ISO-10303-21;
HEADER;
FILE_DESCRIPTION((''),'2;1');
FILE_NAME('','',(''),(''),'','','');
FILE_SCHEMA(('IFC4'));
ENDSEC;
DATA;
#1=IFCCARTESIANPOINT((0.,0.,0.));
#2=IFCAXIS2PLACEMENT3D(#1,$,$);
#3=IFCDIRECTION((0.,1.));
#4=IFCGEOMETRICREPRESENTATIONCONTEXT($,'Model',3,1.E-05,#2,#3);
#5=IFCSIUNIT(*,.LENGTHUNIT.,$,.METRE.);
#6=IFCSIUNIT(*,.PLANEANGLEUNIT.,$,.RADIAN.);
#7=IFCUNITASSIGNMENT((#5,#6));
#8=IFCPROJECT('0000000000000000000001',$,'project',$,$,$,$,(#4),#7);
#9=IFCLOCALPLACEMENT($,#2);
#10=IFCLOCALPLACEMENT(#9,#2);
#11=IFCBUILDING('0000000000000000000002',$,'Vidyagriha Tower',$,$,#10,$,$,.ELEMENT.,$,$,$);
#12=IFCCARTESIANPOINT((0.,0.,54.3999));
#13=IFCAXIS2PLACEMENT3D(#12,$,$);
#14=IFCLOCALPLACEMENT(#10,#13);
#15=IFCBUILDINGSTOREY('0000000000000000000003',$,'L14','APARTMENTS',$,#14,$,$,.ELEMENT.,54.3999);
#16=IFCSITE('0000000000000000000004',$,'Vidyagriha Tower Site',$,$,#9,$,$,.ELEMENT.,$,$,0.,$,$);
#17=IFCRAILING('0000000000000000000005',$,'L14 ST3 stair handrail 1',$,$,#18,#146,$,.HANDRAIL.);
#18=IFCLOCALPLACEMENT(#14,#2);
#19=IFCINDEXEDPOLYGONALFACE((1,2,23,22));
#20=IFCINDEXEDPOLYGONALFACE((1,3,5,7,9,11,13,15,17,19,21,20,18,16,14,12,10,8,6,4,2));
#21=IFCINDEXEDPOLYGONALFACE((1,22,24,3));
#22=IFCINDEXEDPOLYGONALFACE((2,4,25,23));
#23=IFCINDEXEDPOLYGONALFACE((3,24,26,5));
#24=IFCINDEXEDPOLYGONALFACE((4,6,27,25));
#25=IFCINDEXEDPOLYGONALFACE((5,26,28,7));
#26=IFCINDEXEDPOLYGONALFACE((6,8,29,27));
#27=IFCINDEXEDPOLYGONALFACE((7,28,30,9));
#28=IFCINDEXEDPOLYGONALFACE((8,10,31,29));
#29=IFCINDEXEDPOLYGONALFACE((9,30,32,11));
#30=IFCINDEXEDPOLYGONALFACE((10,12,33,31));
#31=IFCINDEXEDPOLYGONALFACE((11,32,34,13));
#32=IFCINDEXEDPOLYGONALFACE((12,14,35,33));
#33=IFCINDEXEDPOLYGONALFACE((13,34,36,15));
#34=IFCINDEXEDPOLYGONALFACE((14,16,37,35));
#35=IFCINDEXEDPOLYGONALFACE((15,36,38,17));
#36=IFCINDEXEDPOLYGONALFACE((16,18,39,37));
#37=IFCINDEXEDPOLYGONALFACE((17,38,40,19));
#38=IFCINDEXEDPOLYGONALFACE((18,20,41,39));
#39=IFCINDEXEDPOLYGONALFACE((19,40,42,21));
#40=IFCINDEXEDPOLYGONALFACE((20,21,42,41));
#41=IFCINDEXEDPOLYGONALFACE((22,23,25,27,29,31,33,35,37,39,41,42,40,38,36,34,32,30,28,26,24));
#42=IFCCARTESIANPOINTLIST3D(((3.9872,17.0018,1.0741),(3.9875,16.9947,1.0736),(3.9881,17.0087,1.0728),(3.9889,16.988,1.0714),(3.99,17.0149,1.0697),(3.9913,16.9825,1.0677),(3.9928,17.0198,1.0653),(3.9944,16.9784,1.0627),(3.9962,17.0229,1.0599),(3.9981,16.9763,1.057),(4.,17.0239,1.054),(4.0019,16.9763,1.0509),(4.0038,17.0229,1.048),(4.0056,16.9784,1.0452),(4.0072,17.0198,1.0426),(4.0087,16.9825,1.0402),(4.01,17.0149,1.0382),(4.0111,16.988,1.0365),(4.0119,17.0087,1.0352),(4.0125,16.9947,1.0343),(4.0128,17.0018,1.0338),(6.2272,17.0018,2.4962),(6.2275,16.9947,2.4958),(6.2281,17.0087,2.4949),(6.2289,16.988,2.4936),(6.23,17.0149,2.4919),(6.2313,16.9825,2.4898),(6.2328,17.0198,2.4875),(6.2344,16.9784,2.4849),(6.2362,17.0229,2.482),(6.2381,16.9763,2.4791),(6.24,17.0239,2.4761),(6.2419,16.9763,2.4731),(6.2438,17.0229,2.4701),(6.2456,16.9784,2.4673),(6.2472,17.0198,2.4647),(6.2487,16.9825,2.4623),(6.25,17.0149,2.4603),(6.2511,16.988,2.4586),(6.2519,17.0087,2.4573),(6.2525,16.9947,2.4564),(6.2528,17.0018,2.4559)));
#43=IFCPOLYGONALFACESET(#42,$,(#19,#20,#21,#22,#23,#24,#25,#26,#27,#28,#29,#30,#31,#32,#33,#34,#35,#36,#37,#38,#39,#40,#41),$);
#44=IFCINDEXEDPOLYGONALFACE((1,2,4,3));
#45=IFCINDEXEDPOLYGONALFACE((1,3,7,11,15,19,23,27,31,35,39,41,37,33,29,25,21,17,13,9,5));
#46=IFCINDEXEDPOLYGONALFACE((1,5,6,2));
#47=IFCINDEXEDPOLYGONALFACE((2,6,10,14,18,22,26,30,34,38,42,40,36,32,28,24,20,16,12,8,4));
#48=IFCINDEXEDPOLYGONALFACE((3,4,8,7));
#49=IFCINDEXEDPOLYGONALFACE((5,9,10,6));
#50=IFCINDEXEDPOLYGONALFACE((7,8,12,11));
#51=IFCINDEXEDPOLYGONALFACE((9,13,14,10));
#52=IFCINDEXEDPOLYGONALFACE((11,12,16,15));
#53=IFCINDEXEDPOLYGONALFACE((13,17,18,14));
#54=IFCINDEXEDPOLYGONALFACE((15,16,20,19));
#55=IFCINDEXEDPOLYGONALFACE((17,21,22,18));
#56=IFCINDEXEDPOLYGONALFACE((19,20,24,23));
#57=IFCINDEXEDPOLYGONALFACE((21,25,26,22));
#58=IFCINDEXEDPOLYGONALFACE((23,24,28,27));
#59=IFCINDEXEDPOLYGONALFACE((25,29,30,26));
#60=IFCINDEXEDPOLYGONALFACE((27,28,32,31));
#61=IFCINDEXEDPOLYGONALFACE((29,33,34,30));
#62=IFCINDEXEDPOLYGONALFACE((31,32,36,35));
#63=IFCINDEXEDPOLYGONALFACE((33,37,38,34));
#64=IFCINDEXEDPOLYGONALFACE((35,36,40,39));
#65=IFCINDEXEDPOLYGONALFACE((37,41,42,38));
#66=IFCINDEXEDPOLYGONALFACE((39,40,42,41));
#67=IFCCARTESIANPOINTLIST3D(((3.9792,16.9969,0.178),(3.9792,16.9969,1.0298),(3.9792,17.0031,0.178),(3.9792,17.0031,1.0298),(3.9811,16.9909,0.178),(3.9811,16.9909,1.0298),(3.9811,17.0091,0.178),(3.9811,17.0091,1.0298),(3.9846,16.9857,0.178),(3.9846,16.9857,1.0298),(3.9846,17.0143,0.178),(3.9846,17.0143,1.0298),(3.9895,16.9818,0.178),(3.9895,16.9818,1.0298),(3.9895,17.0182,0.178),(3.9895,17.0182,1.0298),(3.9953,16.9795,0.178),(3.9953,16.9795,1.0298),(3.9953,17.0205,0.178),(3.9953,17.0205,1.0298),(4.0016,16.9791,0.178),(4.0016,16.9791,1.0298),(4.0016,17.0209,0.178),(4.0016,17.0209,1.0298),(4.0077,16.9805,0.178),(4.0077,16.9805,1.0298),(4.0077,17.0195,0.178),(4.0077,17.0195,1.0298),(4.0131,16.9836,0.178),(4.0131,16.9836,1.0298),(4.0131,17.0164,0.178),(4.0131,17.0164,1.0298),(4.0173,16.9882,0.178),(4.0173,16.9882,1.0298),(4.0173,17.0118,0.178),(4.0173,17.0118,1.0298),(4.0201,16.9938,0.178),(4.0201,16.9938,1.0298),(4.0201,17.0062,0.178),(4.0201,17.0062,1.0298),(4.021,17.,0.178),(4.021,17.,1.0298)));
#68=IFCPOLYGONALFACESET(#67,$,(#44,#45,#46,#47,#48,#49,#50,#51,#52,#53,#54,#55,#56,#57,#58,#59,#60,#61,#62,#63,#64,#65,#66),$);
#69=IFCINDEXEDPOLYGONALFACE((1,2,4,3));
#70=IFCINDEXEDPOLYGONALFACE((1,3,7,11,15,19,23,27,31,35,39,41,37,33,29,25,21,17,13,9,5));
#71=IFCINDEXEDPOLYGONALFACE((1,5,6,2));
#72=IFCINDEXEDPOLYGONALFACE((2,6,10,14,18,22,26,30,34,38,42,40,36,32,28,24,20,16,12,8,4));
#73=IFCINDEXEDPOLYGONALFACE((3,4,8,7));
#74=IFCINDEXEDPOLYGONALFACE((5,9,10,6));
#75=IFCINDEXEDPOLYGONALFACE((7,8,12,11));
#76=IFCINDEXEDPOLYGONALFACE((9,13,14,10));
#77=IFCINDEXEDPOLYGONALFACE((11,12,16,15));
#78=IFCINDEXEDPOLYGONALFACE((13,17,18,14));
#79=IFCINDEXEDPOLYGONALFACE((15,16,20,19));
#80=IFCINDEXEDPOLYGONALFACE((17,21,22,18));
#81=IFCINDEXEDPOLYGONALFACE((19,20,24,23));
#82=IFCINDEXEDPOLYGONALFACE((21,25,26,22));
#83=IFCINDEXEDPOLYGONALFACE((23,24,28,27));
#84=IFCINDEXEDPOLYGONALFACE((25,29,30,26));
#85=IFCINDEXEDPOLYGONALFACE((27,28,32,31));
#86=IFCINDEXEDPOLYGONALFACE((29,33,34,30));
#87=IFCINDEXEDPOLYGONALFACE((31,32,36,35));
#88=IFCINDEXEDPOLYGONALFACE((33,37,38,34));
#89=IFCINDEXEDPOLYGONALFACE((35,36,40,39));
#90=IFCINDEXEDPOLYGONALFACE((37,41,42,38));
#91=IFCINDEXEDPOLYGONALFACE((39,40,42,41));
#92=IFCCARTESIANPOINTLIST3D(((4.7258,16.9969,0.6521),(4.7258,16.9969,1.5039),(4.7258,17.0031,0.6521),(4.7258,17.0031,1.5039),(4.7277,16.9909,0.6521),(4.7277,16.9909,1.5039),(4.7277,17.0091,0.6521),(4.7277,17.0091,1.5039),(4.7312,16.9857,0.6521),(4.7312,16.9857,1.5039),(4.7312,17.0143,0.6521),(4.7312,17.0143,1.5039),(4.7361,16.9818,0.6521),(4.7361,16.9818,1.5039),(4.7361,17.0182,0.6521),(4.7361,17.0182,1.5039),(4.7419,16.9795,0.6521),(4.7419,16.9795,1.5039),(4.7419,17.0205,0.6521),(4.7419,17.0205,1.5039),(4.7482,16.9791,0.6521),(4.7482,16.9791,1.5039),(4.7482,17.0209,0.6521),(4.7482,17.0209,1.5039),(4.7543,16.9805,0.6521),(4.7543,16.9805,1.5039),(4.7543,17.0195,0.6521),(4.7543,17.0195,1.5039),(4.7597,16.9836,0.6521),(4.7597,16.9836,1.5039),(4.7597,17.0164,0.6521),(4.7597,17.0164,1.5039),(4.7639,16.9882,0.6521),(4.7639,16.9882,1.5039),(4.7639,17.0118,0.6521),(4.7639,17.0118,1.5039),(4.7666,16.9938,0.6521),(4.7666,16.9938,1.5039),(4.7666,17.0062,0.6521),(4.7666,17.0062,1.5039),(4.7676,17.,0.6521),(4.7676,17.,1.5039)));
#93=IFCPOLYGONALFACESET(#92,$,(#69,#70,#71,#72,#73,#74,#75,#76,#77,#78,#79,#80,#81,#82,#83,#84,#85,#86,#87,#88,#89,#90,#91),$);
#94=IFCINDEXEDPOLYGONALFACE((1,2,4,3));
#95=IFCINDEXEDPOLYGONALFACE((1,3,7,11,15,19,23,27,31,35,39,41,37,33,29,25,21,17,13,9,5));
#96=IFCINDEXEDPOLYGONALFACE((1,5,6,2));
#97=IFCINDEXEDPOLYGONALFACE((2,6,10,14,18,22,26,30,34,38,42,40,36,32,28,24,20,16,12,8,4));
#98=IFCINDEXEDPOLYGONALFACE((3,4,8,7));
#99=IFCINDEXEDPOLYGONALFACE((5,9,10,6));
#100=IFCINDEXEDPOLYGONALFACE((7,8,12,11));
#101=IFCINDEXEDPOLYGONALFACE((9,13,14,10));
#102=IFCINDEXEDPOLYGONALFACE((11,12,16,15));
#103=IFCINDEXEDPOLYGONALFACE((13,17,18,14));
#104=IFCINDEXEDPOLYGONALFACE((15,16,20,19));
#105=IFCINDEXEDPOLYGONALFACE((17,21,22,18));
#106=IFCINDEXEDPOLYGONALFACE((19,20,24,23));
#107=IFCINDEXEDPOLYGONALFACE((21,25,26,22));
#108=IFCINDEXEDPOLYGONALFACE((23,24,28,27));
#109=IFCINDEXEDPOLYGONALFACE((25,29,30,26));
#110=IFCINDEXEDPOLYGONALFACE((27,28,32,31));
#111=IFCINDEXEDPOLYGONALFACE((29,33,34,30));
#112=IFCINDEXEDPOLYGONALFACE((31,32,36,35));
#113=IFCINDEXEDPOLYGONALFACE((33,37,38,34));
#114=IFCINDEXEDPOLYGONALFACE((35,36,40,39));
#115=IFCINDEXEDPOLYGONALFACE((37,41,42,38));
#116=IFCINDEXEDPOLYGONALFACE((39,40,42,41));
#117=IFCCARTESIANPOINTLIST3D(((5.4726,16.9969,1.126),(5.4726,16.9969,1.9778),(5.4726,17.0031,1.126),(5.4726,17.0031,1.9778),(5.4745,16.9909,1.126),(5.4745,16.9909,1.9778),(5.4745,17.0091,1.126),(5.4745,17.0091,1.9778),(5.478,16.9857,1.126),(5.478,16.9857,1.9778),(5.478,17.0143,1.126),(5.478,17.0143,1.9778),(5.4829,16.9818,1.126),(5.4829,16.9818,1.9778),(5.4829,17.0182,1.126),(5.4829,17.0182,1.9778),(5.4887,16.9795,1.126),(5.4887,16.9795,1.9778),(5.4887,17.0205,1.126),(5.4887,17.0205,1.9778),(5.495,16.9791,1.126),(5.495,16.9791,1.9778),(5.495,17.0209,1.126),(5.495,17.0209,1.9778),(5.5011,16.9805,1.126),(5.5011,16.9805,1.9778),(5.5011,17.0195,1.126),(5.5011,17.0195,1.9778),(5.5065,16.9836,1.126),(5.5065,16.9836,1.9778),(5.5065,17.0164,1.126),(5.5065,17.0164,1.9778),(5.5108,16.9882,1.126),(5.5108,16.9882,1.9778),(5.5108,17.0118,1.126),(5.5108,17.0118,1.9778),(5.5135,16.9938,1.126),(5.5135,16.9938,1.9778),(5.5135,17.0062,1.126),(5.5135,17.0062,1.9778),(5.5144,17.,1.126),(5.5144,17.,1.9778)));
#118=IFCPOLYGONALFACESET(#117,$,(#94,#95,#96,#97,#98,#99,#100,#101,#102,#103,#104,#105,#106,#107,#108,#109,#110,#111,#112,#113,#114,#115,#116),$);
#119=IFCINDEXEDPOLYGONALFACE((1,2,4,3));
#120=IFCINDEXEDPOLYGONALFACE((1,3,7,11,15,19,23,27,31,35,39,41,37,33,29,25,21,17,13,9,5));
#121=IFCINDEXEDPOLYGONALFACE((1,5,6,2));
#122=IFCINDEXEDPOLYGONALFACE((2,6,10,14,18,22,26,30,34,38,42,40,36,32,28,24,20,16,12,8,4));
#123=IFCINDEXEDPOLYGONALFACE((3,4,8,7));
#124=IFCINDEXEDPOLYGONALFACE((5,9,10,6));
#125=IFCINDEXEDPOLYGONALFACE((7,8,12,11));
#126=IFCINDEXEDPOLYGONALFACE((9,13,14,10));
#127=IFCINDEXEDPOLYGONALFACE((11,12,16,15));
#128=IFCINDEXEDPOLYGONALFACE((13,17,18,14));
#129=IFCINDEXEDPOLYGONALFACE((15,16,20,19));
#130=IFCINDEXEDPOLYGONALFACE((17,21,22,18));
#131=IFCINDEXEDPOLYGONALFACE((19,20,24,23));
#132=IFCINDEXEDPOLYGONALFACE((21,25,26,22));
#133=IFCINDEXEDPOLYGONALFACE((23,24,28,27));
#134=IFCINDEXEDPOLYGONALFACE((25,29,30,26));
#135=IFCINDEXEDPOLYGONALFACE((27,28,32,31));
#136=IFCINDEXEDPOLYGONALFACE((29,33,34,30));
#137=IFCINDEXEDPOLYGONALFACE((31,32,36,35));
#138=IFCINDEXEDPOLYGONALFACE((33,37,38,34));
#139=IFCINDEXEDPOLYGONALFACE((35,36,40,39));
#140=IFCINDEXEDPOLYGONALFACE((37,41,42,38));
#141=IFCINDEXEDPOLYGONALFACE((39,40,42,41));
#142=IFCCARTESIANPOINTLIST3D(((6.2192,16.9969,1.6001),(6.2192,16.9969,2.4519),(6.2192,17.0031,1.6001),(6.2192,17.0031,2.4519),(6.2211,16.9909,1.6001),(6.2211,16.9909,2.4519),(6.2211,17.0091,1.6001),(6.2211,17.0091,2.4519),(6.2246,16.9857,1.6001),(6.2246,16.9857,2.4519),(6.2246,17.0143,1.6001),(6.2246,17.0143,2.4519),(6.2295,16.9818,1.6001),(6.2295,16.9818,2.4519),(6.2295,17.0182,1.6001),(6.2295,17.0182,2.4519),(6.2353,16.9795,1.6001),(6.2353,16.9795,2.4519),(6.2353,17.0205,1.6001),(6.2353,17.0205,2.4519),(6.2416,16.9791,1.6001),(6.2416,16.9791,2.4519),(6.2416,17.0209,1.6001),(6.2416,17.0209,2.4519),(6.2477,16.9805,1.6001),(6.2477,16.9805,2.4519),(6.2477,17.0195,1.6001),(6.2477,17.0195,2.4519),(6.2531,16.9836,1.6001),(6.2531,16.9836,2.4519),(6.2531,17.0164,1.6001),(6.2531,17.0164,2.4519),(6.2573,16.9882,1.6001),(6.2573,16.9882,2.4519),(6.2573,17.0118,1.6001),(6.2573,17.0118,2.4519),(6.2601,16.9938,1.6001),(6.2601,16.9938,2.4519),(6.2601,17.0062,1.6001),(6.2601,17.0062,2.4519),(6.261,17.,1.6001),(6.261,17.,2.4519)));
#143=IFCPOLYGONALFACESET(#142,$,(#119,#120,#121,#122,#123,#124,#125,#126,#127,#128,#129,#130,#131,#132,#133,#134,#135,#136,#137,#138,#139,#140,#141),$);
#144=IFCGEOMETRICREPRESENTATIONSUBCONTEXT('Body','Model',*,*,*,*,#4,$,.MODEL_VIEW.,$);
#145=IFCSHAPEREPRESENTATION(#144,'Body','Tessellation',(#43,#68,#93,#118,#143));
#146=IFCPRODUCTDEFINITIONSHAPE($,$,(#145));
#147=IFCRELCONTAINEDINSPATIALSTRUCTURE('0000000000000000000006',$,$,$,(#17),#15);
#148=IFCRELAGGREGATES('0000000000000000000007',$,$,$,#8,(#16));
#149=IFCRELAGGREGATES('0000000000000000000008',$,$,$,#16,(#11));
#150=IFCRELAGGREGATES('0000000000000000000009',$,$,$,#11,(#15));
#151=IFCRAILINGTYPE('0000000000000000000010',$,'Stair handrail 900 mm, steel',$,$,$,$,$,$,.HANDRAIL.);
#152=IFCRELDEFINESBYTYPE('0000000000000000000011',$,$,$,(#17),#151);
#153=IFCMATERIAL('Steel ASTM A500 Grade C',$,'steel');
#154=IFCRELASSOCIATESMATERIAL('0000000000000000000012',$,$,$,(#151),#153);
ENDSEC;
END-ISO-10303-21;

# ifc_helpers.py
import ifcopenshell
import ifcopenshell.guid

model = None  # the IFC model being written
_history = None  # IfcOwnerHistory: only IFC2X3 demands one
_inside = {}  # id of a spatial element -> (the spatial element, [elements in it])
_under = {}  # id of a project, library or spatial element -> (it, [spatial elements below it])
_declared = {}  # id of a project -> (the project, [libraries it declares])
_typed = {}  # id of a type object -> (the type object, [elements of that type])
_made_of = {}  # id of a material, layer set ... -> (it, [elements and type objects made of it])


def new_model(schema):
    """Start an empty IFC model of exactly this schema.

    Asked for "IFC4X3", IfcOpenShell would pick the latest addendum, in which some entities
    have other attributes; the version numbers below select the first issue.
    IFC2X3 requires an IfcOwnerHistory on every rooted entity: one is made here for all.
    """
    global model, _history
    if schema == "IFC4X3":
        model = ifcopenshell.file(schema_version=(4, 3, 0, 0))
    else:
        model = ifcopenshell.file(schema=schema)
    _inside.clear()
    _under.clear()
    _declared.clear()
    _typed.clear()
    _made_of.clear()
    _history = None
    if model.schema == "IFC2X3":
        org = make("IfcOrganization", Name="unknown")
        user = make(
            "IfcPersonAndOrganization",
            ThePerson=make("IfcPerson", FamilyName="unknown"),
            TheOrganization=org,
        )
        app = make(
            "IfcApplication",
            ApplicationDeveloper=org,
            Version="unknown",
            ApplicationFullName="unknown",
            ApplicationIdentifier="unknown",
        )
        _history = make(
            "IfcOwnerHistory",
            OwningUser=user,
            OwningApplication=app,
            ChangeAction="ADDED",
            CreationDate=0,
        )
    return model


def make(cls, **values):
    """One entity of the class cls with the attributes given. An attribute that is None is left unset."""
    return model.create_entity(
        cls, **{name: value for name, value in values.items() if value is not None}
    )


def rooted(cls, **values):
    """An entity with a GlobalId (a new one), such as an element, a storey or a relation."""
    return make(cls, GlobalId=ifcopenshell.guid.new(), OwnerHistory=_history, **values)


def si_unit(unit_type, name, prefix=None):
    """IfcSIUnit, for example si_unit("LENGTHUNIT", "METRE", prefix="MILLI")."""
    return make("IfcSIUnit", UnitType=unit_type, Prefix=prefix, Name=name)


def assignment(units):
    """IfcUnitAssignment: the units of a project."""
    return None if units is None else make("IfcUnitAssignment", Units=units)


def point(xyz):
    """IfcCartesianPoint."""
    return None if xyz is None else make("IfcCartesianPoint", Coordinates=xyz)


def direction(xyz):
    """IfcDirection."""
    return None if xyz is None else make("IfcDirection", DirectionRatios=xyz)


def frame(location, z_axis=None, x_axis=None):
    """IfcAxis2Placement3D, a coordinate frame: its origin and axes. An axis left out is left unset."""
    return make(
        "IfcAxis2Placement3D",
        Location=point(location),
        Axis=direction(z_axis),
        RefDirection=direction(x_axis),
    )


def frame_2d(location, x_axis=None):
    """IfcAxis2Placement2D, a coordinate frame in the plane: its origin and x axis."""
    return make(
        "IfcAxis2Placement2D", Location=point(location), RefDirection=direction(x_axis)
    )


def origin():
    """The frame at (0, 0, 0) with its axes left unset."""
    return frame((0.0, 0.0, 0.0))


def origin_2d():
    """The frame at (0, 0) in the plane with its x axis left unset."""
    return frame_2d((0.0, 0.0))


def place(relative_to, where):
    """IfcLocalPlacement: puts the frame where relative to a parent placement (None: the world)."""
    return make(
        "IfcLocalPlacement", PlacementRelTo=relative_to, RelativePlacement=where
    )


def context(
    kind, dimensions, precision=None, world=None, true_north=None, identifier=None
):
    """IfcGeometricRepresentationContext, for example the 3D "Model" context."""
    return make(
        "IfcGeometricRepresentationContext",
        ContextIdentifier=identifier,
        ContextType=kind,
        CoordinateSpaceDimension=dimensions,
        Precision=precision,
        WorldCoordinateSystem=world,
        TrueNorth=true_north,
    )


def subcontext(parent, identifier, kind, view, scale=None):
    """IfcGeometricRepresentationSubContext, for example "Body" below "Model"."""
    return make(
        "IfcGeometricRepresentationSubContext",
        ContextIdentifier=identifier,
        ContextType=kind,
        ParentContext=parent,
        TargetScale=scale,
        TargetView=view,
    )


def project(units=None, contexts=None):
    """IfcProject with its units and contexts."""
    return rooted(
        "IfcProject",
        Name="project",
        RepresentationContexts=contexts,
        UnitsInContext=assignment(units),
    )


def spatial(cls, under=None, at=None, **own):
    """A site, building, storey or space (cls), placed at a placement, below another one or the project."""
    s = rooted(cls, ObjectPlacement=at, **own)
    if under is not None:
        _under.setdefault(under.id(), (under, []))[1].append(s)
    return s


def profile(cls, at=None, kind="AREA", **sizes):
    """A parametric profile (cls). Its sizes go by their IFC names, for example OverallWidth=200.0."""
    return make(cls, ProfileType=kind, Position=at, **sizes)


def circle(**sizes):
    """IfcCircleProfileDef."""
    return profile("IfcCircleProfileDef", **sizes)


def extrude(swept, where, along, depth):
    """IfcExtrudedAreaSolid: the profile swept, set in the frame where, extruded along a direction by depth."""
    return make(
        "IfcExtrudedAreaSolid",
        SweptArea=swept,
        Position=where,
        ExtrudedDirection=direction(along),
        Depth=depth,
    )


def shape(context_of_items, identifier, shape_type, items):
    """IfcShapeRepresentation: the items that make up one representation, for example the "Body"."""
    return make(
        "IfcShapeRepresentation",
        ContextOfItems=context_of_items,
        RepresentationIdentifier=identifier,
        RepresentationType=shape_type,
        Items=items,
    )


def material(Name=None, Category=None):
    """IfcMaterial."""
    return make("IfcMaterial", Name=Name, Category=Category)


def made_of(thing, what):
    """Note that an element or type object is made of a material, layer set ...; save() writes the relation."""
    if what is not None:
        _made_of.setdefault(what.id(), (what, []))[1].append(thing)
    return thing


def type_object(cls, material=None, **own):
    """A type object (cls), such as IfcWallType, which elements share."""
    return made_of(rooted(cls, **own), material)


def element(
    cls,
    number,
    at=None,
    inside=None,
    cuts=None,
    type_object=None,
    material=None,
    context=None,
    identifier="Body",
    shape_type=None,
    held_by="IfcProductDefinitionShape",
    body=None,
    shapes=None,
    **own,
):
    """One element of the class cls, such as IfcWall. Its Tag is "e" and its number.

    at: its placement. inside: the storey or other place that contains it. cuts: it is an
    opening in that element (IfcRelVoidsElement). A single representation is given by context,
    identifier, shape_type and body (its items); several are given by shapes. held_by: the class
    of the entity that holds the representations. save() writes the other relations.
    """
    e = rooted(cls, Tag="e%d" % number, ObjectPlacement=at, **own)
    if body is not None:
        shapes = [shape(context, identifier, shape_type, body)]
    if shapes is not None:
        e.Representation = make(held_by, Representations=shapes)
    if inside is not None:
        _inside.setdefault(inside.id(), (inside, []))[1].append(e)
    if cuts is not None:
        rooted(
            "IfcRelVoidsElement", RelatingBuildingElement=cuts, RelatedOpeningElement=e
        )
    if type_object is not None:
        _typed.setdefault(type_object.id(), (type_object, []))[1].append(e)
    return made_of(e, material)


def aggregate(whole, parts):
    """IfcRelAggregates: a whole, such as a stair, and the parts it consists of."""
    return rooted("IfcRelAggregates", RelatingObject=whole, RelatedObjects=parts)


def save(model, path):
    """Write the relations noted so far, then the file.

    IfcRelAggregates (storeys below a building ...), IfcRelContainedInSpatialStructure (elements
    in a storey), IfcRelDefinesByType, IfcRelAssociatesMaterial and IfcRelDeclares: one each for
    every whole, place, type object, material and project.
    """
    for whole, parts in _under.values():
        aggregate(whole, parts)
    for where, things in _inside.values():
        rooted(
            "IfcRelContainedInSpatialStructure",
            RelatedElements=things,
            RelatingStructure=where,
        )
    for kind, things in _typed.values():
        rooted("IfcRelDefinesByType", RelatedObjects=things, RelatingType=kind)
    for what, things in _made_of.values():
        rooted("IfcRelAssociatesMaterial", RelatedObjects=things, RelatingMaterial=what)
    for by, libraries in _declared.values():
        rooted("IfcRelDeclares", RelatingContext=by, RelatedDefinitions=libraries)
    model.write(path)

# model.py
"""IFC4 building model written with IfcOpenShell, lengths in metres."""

from ifc_helpers import new_model, si_unit, direction, frame, origin, origin_2d, place, context, subcontext, project, spatial, circle, extrude, material, type_object, element, save


model = new_model("IFC4")

# Units and contexts
model_context = context("Model", 3, precision=1e-05, world=origin(), true_north=direction((0.0, 1.0)))
body_context = subcontext(model_context, "Body", "Model", "MODEL_VIEW")
ifc_project = project(units=[si_unit("LENGTHUNIT", "METRE"), si_unit("PLANEANGLEUNIT", "RADIAN")], contexts=[model_context])

# Site, building, storey
site_placement = place(None, origin())
site = spatial("IfcSite", under=ifc_project, at=site_placement, Name="Vidyagriha Tower Site", CompositionType="ELEMENT", RefElevation=0.0)
building_placement = place(site_placement, origin())
building = spatial("IfcBuilding", under=site, at=building_placement, Name="Vidyagriha Tower", CompositionType="ELEMENT")
storey_placement = place(building_placement, frame((0.0, 0.0, 54.3999)))
storey = spatial("IfcBuildingStorey", under=building, at=storey_placement, Name="L14", Description="APARTMENTS", CompositionType="ELEMENT", Elevation=54.3999)

# Railing
ifc_material_1 = material(Name="Steel ASTM A500 Grade C", Category="steel")
railing_type_1 = type_object("IfcRailingType", Name="Stair handrail 900 mm, steel", PredefinedType="HANDRAIL", material=ifc_material_1)
railing_1_placement = place(storey_placement, frame((4.0, 17.0, 0.178)))
element("IfcRailing", 1, at=railing_1_placement, inside=storey, type_object=railing_type_1, Name="L14 ST3 stair handrail 1", PredefinedType="HANDRAIL", context=body_context, shape_type="SweptSolid", body=[
    extrude(circle(Radius=0.0239, at=origin_2d()), frame((0.0, 0.0, 0.876), z_axis=(0.844229, 0.0, 0.535982), x_axis=(0.0, 1.0, 0.0)), (0.0, 0.0, 1.0), 2.6533),
    extrude(circle(Radius=0.021, at=origin_2d()), origin(), (0.0, 0.0, 1.0), 0.8518),
    extrude(circle(Radius=0.021, at=origin_2d()), frame((0.7466, 0.0, 0.4741)), (0.0, 0.0, 1.0), 0.8518),
    extrude(circle(Radius=0.021, at=origin_2d()), frame((1.4934, 0.0, 0.948)), (0.0, 0.0, 1.0), 0.8518),
    extrude(circle(Radius=0.021, at=origin_2d()), frame((2.24, 0.0, 1.4221)), (0.0, 0.0, 1.0), 0.8518),
])

save(model, "model.ifc")
